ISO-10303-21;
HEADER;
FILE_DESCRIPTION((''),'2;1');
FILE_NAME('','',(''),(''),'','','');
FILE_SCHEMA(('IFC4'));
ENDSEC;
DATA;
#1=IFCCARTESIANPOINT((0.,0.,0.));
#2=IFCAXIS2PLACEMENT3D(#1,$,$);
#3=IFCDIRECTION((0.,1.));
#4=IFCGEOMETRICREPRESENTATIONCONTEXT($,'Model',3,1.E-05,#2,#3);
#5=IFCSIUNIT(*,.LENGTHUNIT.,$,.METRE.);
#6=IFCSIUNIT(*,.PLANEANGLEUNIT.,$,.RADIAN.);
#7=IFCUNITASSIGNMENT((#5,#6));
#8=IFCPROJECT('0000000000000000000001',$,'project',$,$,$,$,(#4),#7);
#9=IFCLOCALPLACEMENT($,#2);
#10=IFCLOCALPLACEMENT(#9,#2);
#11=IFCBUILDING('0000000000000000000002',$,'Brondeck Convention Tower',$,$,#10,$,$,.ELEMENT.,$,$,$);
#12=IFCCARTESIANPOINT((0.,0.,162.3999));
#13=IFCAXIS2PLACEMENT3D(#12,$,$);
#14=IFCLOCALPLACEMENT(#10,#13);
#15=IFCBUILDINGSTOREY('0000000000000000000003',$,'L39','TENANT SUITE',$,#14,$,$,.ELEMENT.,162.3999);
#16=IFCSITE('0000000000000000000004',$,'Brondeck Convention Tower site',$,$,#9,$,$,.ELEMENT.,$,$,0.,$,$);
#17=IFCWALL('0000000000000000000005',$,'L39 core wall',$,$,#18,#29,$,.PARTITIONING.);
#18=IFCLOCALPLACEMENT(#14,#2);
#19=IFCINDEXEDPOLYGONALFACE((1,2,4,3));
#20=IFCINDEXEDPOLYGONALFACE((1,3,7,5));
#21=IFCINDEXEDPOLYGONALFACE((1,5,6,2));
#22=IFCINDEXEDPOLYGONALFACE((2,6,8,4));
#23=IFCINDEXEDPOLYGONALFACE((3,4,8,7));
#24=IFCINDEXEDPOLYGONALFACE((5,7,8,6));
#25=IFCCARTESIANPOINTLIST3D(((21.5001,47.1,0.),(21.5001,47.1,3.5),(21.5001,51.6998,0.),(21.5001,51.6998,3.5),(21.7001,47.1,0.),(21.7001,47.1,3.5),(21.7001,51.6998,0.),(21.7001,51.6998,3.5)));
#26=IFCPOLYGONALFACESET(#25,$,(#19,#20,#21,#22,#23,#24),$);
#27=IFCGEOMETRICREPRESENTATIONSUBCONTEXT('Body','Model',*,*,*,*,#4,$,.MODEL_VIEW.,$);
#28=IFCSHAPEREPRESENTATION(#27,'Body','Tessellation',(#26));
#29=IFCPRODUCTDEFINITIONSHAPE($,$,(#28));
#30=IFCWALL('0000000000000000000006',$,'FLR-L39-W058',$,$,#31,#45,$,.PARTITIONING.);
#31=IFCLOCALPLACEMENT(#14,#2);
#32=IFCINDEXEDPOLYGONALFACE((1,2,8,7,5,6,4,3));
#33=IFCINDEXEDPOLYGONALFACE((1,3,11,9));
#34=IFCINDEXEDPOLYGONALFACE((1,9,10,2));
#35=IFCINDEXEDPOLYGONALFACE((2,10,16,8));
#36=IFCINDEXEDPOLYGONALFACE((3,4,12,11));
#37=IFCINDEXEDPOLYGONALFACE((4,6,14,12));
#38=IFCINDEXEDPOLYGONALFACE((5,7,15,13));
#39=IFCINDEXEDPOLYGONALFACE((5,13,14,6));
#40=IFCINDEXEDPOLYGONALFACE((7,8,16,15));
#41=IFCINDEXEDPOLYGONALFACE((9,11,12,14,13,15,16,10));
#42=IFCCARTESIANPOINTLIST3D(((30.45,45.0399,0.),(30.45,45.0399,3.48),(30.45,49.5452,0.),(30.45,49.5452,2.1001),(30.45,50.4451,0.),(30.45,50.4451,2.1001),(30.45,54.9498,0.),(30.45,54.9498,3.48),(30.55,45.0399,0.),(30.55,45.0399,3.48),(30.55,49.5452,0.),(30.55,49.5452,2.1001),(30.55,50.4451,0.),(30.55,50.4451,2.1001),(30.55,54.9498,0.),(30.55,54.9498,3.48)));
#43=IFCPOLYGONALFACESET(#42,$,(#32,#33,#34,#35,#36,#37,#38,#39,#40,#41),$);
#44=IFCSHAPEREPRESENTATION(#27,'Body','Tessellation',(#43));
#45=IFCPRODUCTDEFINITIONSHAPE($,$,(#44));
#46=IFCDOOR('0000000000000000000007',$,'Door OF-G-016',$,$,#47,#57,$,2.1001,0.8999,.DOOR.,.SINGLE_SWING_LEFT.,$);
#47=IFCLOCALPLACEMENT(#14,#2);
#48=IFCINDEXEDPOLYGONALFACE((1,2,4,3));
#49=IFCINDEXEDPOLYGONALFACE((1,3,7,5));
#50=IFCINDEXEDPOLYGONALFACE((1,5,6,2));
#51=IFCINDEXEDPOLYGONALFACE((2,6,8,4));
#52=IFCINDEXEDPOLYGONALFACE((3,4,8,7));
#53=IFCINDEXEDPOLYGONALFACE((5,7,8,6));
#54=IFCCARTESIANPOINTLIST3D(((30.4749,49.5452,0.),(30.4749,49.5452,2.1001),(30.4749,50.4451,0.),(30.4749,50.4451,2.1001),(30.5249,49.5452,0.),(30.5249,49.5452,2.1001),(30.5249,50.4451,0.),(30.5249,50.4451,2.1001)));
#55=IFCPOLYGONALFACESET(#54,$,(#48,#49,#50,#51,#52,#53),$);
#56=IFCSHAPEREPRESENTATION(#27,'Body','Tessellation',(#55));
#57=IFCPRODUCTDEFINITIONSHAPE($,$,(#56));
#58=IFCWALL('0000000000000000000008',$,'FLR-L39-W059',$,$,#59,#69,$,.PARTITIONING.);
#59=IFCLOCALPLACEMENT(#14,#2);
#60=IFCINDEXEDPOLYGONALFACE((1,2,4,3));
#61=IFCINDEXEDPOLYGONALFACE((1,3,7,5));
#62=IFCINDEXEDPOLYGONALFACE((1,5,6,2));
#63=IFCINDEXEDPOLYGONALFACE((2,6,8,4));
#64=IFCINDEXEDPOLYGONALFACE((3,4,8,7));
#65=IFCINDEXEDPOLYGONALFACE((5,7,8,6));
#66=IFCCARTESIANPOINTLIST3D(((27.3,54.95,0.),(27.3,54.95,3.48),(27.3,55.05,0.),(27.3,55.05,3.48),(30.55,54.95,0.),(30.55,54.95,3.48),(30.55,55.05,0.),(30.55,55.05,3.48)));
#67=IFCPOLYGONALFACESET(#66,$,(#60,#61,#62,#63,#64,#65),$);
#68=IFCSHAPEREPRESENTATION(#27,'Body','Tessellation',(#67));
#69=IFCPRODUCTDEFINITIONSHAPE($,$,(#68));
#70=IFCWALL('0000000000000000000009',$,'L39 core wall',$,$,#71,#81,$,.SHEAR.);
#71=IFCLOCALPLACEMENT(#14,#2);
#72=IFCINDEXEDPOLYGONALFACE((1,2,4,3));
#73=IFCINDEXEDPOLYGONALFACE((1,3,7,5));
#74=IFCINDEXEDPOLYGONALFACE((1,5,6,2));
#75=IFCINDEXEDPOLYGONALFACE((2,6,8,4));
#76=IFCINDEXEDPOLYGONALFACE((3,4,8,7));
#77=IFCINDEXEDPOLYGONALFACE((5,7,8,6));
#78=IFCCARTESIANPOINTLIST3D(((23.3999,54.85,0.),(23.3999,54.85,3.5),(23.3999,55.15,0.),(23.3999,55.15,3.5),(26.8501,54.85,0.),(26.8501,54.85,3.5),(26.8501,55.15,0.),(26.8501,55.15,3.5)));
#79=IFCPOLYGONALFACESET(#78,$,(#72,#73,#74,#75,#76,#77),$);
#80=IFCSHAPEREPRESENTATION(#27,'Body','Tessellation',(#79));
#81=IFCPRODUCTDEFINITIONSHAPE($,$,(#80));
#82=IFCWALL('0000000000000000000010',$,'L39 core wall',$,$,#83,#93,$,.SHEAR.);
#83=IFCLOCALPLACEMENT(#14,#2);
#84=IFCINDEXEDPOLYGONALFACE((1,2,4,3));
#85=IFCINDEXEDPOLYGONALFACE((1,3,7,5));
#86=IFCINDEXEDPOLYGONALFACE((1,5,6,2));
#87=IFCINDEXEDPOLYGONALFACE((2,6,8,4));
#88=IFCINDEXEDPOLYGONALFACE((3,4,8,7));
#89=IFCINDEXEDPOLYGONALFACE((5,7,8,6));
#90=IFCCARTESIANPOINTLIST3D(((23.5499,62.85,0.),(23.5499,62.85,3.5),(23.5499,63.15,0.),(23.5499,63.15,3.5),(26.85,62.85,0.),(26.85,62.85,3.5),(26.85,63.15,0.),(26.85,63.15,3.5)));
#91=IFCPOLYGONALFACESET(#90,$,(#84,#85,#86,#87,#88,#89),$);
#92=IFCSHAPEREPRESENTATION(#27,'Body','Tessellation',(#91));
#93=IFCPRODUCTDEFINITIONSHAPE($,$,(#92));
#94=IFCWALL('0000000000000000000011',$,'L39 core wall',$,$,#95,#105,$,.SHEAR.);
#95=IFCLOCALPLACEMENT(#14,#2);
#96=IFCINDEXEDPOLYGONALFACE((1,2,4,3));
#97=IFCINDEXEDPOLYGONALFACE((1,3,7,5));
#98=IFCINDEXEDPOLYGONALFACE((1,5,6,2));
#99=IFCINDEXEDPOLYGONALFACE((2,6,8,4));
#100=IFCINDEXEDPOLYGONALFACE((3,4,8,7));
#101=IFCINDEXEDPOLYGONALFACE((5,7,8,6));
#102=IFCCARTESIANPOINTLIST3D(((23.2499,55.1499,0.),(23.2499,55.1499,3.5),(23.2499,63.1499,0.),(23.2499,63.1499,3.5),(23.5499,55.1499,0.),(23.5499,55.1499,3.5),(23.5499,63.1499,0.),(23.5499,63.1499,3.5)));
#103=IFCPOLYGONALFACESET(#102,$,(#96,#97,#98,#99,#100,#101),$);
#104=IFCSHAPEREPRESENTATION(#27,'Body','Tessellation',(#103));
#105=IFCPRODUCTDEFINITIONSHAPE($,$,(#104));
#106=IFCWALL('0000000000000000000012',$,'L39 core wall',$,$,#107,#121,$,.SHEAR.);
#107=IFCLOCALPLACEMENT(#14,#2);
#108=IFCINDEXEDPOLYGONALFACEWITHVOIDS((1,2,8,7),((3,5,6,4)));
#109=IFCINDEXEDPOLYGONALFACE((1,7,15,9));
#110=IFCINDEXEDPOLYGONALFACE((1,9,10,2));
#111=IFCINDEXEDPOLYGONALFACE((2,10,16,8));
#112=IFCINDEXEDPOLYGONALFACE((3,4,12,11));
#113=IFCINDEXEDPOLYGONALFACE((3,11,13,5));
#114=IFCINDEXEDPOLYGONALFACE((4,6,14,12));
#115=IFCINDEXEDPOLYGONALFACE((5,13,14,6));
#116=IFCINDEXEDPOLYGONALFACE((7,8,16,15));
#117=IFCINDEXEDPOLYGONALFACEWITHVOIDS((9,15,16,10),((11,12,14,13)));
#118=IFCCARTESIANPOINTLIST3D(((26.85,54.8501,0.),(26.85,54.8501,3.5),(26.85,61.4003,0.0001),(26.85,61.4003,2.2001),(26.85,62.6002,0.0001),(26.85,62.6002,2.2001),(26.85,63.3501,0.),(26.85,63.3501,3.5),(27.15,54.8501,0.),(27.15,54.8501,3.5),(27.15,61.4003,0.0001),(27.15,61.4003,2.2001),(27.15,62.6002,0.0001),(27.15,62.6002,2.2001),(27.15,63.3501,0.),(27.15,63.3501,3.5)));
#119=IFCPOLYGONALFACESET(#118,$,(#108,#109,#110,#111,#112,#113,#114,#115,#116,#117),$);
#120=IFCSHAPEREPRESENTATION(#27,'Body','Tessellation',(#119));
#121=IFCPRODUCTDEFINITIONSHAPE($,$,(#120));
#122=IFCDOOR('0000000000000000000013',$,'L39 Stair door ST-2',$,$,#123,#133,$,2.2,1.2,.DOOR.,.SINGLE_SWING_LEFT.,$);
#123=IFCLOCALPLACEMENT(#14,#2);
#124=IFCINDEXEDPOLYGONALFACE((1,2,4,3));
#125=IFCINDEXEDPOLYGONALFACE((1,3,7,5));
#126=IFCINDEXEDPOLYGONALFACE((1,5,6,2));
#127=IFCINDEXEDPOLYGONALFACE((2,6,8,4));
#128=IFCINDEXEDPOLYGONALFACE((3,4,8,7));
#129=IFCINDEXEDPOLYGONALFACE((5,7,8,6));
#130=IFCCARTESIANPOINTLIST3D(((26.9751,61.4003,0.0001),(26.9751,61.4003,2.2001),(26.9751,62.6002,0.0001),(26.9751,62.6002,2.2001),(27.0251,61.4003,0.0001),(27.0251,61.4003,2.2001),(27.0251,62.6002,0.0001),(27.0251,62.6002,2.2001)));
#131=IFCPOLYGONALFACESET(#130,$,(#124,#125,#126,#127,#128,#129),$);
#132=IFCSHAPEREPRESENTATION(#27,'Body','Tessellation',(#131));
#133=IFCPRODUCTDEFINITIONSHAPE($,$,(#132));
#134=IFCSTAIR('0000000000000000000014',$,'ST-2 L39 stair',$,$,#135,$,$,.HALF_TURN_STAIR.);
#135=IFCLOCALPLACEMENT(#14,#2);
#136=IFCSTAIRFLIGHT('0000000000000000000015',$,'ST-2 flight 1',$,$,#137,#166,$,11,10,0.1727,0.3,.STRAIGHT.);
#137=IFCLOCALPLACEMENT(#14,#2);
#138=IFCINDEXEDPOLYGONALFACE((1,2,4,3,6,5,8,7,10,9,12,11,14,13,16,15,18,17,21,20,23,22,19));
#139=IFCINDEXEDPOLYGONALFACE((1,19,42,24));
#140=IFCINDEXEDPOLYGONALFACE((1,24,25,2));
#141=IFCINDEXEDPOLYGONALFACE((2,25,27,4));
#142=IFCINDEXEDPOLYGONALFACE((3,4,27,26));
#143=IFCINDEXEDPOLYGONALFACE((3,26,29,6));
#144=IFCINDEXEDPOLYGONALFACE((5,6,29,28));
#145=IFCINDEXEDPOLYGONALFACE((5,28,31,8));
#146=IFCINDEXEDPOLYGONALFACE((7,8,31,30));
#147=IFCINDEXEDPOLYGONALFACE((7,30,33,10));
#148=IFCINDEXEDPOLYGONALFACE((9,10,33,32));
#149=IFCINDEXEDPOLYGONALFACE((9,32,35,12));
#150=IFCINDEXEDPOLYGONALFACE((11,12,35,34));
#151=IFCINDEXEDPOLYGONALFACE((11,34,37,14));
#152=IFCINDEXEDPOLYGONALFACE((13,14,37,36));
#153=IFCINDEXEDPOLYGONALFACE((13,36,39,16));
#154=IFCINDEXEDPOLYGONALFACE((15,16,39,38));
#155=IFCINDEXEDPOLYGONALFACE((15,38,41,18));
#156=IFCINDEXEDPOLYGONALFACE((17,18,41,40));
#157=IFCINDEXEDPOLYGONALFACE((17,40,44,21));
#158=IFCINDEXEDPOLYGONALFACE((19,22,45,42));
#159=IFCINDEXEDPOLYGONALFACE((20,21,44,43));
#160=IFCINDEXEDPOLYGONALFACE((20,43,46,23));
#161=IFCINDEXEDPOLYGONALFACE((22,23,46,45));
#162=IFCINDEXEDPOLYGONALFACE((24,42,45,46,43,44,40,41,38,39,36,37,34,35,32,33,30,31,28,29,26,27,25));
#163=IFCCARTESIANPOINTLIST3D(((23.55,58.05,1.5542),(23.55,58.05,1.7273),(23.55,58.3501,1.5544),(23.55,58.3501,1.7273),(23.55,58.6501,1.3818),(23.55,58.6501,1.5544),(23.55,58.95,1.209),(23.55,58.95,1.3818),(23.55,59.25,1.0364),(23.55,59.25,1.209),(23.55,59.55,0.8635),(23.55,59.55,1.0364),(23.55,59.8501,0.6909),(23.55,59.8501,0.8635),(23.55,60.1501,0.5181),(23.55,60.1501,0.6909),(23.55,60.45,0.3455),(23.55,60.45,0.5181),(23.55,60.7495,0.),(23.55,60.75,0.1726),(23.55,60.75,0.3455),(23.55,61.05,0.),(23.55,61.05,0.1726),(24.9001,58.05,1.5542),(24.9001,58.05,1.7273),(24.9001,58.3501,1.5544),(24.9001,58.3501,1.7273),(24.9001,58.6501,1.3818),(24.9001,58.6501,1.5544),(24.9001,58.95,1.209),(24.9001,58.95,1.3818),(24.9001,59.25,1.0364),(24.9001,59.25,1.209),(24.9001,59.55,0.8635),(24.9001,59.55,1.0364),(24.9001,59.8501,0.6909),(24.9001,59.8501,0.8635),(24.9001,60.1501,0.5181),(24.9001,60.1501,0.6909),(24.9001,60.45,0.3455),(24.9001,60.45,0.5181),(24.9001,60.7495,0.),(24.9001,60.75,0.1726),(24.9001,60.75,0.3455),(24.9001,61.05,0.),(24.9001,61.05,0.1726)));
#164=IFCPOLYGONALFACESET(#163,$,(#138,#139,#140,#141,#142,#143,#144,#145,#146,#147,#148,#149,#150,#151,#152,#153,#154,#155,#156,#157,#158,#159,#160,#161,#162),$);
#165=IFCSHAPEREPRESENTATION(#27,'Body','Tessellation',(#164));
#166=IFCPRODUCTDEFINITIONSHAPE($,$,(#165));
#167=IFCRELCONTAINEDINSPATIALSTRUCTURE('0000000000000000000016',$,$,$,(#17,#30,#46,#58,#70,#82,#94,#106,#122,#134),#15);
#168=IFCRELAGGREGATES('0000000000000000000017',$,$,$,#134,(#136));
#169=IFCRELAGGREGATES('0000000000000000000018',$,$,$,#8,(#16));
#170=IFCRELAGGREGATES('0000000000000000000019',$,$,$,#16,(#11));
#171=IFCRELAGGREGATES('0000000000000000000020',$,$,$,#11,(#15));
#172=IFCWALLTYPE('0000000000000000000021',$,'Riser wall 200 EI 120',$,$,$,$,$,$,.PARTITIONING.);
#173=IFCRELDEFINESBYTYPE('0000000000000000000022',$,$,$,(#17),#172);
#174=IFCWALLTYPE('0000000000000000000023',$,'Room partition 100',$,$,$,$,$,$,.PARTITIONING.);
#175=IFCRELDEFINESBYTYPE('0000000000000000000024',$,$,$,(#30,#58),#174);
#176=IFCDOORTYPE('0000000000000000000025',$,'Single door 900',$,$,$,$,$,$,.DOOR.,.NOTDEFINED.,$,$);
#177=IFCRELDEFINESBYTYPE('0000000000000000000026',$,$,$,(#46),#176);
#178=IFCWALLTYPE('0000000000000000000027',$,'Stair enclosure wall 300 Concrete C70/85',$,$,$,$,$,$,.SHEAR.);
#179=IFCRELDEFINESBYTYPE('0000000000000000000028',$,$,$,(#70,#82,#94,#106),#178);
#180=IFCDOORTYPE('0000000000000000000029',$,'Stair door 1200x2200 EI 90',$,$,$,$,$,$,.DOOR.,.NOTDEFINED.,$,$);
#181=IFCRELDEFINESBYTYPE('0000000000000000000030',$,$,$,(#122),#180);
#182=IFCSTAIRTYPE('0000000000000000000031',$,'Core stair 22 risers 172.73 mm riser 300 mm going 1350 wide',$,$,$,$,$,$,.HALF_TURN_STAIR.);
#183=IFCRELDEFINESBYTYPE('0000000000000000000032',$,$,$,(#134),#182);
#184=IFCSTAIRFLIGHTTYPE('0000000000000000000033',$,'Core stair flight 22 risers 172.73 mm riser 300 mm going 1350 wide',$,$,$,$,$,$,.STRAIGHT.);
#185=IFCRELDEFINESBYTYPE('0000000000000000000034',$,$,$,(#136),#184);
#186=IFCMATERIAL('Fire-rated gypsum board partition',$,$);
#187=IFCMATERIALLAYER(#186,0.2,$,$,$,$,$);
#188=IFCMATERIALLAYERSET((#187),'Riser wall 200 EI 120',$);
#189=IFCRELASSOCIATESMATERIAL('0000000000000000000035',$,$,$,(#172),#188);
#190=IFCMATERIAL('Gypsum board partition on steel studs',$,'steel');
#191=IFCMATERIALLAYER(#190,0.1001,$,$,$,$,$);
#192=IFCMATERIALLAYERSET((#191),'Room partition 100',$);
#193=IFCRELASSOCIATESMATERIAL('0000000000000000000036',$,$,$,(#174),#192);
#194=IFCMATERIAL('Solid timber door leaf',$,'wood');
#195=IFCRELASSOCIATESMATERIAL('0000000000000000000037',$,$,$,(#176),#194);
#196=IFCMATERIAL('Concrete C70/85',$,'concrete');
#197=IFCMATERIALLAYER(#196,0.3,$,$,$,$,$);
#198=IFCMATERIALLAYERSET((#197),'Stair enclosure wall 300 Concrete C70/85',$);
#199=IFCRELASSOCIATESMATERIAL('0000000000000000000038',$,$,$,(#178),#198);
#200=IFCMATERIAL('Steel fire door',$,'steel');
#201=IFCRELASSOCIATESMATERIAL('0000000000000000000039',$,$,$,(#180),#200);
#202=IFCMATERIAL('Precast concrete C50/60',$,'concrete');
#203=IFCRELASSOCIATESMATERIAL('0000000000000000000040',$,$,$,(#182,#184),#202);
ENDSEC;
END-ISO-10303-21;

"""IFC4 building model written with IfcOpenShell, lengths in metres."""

from ifc_helpers import new_model, si_unit, direction, frame, frame_2d, origin, place, context, subcontext, project, spatial, polyline, rectangle, outline, extrude, material, layer, layer_set, type_object, element, fill, aggregate, save


model = new_model("IFC4")

# Units and contexts
model_context = context("Model", 3, precision=1e-05, world=origin(), true_north=direction((0.0, 1.0)))
body_context = subcontext(model_context, "Body", "Model", "MODEL_VIEW")
ifc_project = project(units=[si_unit("LENGTHUNIT", "METRE"), si_unit("PLANEANGLEUNIT", "RADIAN")], contexts=[model_context])

# Site, building, storey
site_placement = place(None, origin())
site = spatial("IfcSite", under=ifc_project, at=site_placement, Name="Brondeck Convention Tower site", CompositionType="ELEMENT", RefElevation=0.0)
building_placement = place(site_placement, origin())
building = spatial("IfcBuilding", under=site, at=building_placement, Name="Brondeck Convention Tower", CompositionType="ELEMENT")
storey_placement = place(building_placement, frame((0.0, 0.0, 162.3999)))
storey = spatial("IfcBuildingStorey", under=building, at=storey_placement, Name="L39", Description="TENANT SUITE", CompositionType="ELEMENT", Elevation=162.3999)

# Shared definitions
ifc_material_1 = material(Name="Concrete C70/85", Category="concrete")

# Shared definitions
ifc_material_2 = material(Name="Fire-rated gypsum board partition")
ifc_layer_1 = layer(ifc_material_2, 0.2)
ifc_layer_set_1 = layer_set([ifc_layer_1], Name="Riser wall 200 EI 120")
wall_type_1 = type_object("IfcWallType", Name="Riser wall 200 EI 120", PredefinedType="PARTITIONING", material=ifc_layer_set_1)
ifc_material_3 = material(Name="Steel fire door", Category="steel")

# Wall
wall_1_placement = place(storey_placement, frame((21.6001, 47.1001, 0.0), z_axis=(0.0, 0.0, 1.0), x_axis=(0.0, 1.0, 0.0)))
element("IfcWall", 1, at=wall_1_placement, inside=storey, type_object=wall_type_1, Name="L39 core wall", PredefinedType="PARTITIONING", context=body_context, shape_type="SweptSolid", body=[
    extrude(rectangle(XDim=4.5999, YDim=0.2, at=frame_2d((2.2998, 0.0))), origin(), (0.0, 0.0, 1.0), 3.5),
])

# Wall, opening, door
ifc_material_4 = material(Name="Gypsum board partition on steel studs", Category="steel")
ifc_layer_2 = layer(ifc_material_4, 0.1001)
ifc_layer_set_2 = layer_set([ifc_layer_2], Name="Room partition 100")
wall_type_2 = type_object("IfcWallType", Name="Room partition 100", PredefinedType="PARTITIONING", material=ifc_layer_set_2)
wall_2_placement = place(storey_placement, frame((30.5, 54.95, 0.0), z_axis=(0.0, 0.0, 1.0), x_axis=(0.0, -1.0, 0.0)))
wall_2 = element("IfcWall", 2, at=wall_2_placement, inside=storey, type_object=wall_type_2, Name="FLR-L39-W058", PredefinedType="PARTITIONING", context=body_context, shape_type="SweptSolid", body=[
    extrude(rectangle(XDim=9.9099, YDim=0.1001, at=frame_2d((4.9551, 0.0))), origin(), (0.0, 0.0, 1.0), 3.48),
])
opening_1_placement = place(wall_2_placement, frame((4.5049, 0.0, 0.0)))
opening_1 = element("IfcOpeningElement", 3, at=opening_1_placement, cuts=wall_2, PredefinedType="OPENING", context=body_context, shape_type="SweptSolid", body=[
    extrude(rectangle(XDim=0.8999, YDim=2.1001, at=frame_2d((0.45, 1.05))), frame((0.0, 0.0601, 0.0), z_axis=(0.0, -1.0, 0.0), x_axis=(1.0, 0.0, 0.0)), (0.0, 0.0, 1.0), 0.1201),
])
ifc_material_5 = material(Name="Solid timber door leaf", Category="wood")
door_type_1 = type_object("IfcDoorType", Name="Single door 900", OperationType="NOTDEFINED", PredefinedType="DOOR", material=ifc_material_5)
door_1_placement = place(opening_1_placement, origin())
door_1 = element("IfcDoor", 4, at=door_1_placement, inside=storey, type_object=door_type_1, Name="Door OF-G-016", OperationType="SINGLE_SWING_LEFT", OverallHeight=2.1001, OverallWidth=0.8999, PredefinedType="DOOR", context=body_context, shape_type="SweptSolid", body=[
    extrude(rectangle(XDim=0.8999, YDim=2.1001, at=frame_2d((0.45, 1.05))), frame((0.0, 0.0249, 0.0), z_axis=(0.0, -1.0, 0.0), x_axis=(1.0, 0.0, 0.0)), (0.0, 0.0, 1.0), 0.05),
])
fill(opening_1, door_1)

# Walls
wall_3_placement = place(storey_placement, frame((27.3, 55.0, 0.0), z_axis=(0.0, 0.0, 1.0), x_axis=(1.0, 0.0, 0.0)))
element("IfcWall", 5, at=wall_3_placement, inside=storey, type_object=wall_type_2, Name="FLR-L39-W059", PredefinedType="PARTITIONING", context=body_context, shape_type="SweptSolid", body=[
    extrude(rectangle(XDim=3.25, YDim=0.1001, at=frame_2d((1.625, 0.0))), origin(), (0.0, 0.0, 1.0), 3.48),
])
ifc_layer_3 = layer(ifc_material_1, 0.3)
ifc_layer_set_3 = layer_set([ifc_layer_3], Name="Stair enclosure wall 300 Concrete C70/85")
wall_type_3 = type_object("IfcWallType", Name="Stair enclosure wall 300 Concrete C70/85", PredefinedType="SHEAR", material=ifc_layer_set_3)
wall_4_placement = place(storey_placement, frame((23.3999, 55.0, 0.0), z_axis=(0.0, 0.0, 1.0), x_axis=(1.0, 0.0, 0.0)))
element("IfcWall", 6, at=wall_4_placement, inside=storey, type_object=wall_type_3, Name="L39 core wall", PredefinedType="SHEAR", context=body_context, shape_type="SweptSolid", body=[
    extrude(rectangle(XDim=3.4502, YDim=0.3, at=frame_2d((1.7251, 0.0))), origin(), (0.0, 0.0, 1.0), 3.5),
])
wall_5_placement = place(storey_placement, frame((23.55, 63.0, 0.0), z_axis=(0.0, 0.0, 1.0), x_axis=(1.0, 0.0, 0.0)))
element("IfcWall", 7, at=wall_5_placement, inside=storey, type_object=wall_type_3, Name="L39 core wall", PredefinedType="SHEAR", context=body_context, shape_type="SweptSolid", body=[
    extrude(rectangle(XDim=3.3, YDim=0.3, at=frame_2d((1.6499, 0.0))), origin(), (0.0, 0.0, 1.0), 3.5),
])
wall_6_placement = place(storey_placement, frame((23.3999, 55.1499, 0.0), z_axis=(0.0, 0.0, 1.0), x_axis=(0.0, 1.0, 0.0)))
element("IfcWall", 8, at=wall_6_placement, inside=storey, type_object=wall_type_3, Name="L39 core wall", PredefinedType="SHEAR", context=body_context, shape_type="SweptSolid", body=[
    extrude(rectangle(XDim=8.0, YDim=0.3, at=frame_2d((4.0, 0.0))), origin(), (0.0, 0.0, 1.0), 3.5),
])

# Wall, opening, door
wall_7_placement = place(storey_placement, frame((27.0, 54.8501, 0.0), z_axis=(0.0, 0.0, 1.0), x_axis=(0.0, 1.0, 0.0)))
wall_7 = element("IfcWall", 9, at=wall_7_placement, inside=storey, type_object=wall_type_3, Name="L39 core wall", PredefinedType="SHEAR", context=body_context, shape_type="SweptSolid", body=[
    extrude(rectangle(XDim=8.5, YDim=0.3, at=frame_2d((4.25, 0.0))), origin(), (0.0, 0.0, 1.0), 3.5),
])
opening_2_placement = place(wall_7_placement, frame((6.55, 0.0, 0.0)))
opening_2 = element("IfcOpeningElement", 10, at=opening_2_placement, cuts=wall_7, PredefinedType="OPENING", context=body_context, shape_type="SweptSolid", body=[
    extrude(rectangle(XDim=1.2, YDim=2.2, at=frame_2d((0.6001, 1.1001))), frame((0.0, 0.1599, 0.0), z_axis=(0.0, -1.0, 0.0), x_axis=(1.0, 0.0, 0.0)), (0.0, 0.0, 1.0), 0.3201),
])
door_type_2 = type_object("IfcDoorType", Name="Stair door 1200x2200 EI 90", OperationType="NOTDEFINED", PredefinedType="DOOR", material=ifc_material_3)
door_2_placement = place(opening_2_placement, origin())
door_2 = element("IfcDoor", 11, at=door_2_placement, inside=storey, type_object=door_type_2, Name="L39 Stair door ST-2", OperationType="SINGLE_SWING_LEFT", OverallHeight=2.2, OverallWidth=1.2, PredefinedType="DOOR", context=body_context, shape_type="SweptSolid", body=[
    extrude(rectangle(XDim=1.2, YDim=2.2, at=frame_2d((0.6001, 1.1001))), frame((0.0, 0.0249, 0.0), z_axis=(0.0, -1.0, 0.0), x_axis=(1.0, 0.0, 0.0)), (0.0, 0.0, 1.0), 0.05),
])
fill(opening_2, door_2)

# Stair, stair flight
ifc_material_6 = material(Name="Precast concrete C50/60", Category="concrete")
stair_type = type_object("IfcStairType", Name="Core stair 22 risers 172.73 mm riser 300 mm going 1350 wide", PredefinedType="HALF_TURN_STAIR", material=ifc_material_6)
stair_placement = place(storey_placement, origin())
stair = element("IfcStair", 12, at=stair_placement, inside=storey, type_object=stair_type, Name="ST-2 L39 stair", PredefinedType="HALF_TURN_STAIR")
stair_flight_type = type_object("IfcStairFlightType", Name="Core stair flight 22 risers 172.73 mm riser 300 mm going 1350 wide", PredefinedType="STRAIGHT", material=ifc_material_6)
stair_flight_1_placement = place(storey_placement, frame((24.2251, 61.05, 0.0), z_axis=(0.0, 0.0, 1.0), x_axis=(0.0, -1.0, 0.0)))
stair_flight_1 = element("IfcStairFlight", 13, at=stair_flight_1_placement, type_object=stair_flight_type, Name="ST-2 flight 1", NumberOfRisers=11, NumberOfTreads=10, PredefinedType="STRAIGHT", RiserHeight=0.1727, TreadLength=0.3, context=body_context, shape_type="SweptSolid", body=[
    extrude(outline(polyline([(0.0, 0.0), (0.0, 0.1726), (0.3, 0.1726), (0.3, 0.3455), (0.6001, 0.3455), (0.6001, 0.5181), (0.8999, 0.5181), (0.8999, 0.6909), (1.2, 0.6909), (1.2, 0.8635), (1.5, 0.8635), (1.5, 1.0364), (1.8, 1.0364), (1.8, 1.209), (2.1001, 1.209), (2.1001, 1.3818), (2.3999, 1.3818), (2.3999, 1.5544), (2.7, 1.5544), (2.7, 1.7273), (3.0, 1.7273), (3.0, 1.8999), (3.0, 1.5542), (0.3005, 0.0), (0.0, 0.0)])), frame((0.0, 0.675, 0.0), z_axis=(0.0, -1.0, 0.0), x_axis=(1.0, 0.0, 0.0)), (0.0, 0.0, 1.0), 1.3501),
])
aggregate(stair, [stair_flight_1])

save(model, "model.ifc")
